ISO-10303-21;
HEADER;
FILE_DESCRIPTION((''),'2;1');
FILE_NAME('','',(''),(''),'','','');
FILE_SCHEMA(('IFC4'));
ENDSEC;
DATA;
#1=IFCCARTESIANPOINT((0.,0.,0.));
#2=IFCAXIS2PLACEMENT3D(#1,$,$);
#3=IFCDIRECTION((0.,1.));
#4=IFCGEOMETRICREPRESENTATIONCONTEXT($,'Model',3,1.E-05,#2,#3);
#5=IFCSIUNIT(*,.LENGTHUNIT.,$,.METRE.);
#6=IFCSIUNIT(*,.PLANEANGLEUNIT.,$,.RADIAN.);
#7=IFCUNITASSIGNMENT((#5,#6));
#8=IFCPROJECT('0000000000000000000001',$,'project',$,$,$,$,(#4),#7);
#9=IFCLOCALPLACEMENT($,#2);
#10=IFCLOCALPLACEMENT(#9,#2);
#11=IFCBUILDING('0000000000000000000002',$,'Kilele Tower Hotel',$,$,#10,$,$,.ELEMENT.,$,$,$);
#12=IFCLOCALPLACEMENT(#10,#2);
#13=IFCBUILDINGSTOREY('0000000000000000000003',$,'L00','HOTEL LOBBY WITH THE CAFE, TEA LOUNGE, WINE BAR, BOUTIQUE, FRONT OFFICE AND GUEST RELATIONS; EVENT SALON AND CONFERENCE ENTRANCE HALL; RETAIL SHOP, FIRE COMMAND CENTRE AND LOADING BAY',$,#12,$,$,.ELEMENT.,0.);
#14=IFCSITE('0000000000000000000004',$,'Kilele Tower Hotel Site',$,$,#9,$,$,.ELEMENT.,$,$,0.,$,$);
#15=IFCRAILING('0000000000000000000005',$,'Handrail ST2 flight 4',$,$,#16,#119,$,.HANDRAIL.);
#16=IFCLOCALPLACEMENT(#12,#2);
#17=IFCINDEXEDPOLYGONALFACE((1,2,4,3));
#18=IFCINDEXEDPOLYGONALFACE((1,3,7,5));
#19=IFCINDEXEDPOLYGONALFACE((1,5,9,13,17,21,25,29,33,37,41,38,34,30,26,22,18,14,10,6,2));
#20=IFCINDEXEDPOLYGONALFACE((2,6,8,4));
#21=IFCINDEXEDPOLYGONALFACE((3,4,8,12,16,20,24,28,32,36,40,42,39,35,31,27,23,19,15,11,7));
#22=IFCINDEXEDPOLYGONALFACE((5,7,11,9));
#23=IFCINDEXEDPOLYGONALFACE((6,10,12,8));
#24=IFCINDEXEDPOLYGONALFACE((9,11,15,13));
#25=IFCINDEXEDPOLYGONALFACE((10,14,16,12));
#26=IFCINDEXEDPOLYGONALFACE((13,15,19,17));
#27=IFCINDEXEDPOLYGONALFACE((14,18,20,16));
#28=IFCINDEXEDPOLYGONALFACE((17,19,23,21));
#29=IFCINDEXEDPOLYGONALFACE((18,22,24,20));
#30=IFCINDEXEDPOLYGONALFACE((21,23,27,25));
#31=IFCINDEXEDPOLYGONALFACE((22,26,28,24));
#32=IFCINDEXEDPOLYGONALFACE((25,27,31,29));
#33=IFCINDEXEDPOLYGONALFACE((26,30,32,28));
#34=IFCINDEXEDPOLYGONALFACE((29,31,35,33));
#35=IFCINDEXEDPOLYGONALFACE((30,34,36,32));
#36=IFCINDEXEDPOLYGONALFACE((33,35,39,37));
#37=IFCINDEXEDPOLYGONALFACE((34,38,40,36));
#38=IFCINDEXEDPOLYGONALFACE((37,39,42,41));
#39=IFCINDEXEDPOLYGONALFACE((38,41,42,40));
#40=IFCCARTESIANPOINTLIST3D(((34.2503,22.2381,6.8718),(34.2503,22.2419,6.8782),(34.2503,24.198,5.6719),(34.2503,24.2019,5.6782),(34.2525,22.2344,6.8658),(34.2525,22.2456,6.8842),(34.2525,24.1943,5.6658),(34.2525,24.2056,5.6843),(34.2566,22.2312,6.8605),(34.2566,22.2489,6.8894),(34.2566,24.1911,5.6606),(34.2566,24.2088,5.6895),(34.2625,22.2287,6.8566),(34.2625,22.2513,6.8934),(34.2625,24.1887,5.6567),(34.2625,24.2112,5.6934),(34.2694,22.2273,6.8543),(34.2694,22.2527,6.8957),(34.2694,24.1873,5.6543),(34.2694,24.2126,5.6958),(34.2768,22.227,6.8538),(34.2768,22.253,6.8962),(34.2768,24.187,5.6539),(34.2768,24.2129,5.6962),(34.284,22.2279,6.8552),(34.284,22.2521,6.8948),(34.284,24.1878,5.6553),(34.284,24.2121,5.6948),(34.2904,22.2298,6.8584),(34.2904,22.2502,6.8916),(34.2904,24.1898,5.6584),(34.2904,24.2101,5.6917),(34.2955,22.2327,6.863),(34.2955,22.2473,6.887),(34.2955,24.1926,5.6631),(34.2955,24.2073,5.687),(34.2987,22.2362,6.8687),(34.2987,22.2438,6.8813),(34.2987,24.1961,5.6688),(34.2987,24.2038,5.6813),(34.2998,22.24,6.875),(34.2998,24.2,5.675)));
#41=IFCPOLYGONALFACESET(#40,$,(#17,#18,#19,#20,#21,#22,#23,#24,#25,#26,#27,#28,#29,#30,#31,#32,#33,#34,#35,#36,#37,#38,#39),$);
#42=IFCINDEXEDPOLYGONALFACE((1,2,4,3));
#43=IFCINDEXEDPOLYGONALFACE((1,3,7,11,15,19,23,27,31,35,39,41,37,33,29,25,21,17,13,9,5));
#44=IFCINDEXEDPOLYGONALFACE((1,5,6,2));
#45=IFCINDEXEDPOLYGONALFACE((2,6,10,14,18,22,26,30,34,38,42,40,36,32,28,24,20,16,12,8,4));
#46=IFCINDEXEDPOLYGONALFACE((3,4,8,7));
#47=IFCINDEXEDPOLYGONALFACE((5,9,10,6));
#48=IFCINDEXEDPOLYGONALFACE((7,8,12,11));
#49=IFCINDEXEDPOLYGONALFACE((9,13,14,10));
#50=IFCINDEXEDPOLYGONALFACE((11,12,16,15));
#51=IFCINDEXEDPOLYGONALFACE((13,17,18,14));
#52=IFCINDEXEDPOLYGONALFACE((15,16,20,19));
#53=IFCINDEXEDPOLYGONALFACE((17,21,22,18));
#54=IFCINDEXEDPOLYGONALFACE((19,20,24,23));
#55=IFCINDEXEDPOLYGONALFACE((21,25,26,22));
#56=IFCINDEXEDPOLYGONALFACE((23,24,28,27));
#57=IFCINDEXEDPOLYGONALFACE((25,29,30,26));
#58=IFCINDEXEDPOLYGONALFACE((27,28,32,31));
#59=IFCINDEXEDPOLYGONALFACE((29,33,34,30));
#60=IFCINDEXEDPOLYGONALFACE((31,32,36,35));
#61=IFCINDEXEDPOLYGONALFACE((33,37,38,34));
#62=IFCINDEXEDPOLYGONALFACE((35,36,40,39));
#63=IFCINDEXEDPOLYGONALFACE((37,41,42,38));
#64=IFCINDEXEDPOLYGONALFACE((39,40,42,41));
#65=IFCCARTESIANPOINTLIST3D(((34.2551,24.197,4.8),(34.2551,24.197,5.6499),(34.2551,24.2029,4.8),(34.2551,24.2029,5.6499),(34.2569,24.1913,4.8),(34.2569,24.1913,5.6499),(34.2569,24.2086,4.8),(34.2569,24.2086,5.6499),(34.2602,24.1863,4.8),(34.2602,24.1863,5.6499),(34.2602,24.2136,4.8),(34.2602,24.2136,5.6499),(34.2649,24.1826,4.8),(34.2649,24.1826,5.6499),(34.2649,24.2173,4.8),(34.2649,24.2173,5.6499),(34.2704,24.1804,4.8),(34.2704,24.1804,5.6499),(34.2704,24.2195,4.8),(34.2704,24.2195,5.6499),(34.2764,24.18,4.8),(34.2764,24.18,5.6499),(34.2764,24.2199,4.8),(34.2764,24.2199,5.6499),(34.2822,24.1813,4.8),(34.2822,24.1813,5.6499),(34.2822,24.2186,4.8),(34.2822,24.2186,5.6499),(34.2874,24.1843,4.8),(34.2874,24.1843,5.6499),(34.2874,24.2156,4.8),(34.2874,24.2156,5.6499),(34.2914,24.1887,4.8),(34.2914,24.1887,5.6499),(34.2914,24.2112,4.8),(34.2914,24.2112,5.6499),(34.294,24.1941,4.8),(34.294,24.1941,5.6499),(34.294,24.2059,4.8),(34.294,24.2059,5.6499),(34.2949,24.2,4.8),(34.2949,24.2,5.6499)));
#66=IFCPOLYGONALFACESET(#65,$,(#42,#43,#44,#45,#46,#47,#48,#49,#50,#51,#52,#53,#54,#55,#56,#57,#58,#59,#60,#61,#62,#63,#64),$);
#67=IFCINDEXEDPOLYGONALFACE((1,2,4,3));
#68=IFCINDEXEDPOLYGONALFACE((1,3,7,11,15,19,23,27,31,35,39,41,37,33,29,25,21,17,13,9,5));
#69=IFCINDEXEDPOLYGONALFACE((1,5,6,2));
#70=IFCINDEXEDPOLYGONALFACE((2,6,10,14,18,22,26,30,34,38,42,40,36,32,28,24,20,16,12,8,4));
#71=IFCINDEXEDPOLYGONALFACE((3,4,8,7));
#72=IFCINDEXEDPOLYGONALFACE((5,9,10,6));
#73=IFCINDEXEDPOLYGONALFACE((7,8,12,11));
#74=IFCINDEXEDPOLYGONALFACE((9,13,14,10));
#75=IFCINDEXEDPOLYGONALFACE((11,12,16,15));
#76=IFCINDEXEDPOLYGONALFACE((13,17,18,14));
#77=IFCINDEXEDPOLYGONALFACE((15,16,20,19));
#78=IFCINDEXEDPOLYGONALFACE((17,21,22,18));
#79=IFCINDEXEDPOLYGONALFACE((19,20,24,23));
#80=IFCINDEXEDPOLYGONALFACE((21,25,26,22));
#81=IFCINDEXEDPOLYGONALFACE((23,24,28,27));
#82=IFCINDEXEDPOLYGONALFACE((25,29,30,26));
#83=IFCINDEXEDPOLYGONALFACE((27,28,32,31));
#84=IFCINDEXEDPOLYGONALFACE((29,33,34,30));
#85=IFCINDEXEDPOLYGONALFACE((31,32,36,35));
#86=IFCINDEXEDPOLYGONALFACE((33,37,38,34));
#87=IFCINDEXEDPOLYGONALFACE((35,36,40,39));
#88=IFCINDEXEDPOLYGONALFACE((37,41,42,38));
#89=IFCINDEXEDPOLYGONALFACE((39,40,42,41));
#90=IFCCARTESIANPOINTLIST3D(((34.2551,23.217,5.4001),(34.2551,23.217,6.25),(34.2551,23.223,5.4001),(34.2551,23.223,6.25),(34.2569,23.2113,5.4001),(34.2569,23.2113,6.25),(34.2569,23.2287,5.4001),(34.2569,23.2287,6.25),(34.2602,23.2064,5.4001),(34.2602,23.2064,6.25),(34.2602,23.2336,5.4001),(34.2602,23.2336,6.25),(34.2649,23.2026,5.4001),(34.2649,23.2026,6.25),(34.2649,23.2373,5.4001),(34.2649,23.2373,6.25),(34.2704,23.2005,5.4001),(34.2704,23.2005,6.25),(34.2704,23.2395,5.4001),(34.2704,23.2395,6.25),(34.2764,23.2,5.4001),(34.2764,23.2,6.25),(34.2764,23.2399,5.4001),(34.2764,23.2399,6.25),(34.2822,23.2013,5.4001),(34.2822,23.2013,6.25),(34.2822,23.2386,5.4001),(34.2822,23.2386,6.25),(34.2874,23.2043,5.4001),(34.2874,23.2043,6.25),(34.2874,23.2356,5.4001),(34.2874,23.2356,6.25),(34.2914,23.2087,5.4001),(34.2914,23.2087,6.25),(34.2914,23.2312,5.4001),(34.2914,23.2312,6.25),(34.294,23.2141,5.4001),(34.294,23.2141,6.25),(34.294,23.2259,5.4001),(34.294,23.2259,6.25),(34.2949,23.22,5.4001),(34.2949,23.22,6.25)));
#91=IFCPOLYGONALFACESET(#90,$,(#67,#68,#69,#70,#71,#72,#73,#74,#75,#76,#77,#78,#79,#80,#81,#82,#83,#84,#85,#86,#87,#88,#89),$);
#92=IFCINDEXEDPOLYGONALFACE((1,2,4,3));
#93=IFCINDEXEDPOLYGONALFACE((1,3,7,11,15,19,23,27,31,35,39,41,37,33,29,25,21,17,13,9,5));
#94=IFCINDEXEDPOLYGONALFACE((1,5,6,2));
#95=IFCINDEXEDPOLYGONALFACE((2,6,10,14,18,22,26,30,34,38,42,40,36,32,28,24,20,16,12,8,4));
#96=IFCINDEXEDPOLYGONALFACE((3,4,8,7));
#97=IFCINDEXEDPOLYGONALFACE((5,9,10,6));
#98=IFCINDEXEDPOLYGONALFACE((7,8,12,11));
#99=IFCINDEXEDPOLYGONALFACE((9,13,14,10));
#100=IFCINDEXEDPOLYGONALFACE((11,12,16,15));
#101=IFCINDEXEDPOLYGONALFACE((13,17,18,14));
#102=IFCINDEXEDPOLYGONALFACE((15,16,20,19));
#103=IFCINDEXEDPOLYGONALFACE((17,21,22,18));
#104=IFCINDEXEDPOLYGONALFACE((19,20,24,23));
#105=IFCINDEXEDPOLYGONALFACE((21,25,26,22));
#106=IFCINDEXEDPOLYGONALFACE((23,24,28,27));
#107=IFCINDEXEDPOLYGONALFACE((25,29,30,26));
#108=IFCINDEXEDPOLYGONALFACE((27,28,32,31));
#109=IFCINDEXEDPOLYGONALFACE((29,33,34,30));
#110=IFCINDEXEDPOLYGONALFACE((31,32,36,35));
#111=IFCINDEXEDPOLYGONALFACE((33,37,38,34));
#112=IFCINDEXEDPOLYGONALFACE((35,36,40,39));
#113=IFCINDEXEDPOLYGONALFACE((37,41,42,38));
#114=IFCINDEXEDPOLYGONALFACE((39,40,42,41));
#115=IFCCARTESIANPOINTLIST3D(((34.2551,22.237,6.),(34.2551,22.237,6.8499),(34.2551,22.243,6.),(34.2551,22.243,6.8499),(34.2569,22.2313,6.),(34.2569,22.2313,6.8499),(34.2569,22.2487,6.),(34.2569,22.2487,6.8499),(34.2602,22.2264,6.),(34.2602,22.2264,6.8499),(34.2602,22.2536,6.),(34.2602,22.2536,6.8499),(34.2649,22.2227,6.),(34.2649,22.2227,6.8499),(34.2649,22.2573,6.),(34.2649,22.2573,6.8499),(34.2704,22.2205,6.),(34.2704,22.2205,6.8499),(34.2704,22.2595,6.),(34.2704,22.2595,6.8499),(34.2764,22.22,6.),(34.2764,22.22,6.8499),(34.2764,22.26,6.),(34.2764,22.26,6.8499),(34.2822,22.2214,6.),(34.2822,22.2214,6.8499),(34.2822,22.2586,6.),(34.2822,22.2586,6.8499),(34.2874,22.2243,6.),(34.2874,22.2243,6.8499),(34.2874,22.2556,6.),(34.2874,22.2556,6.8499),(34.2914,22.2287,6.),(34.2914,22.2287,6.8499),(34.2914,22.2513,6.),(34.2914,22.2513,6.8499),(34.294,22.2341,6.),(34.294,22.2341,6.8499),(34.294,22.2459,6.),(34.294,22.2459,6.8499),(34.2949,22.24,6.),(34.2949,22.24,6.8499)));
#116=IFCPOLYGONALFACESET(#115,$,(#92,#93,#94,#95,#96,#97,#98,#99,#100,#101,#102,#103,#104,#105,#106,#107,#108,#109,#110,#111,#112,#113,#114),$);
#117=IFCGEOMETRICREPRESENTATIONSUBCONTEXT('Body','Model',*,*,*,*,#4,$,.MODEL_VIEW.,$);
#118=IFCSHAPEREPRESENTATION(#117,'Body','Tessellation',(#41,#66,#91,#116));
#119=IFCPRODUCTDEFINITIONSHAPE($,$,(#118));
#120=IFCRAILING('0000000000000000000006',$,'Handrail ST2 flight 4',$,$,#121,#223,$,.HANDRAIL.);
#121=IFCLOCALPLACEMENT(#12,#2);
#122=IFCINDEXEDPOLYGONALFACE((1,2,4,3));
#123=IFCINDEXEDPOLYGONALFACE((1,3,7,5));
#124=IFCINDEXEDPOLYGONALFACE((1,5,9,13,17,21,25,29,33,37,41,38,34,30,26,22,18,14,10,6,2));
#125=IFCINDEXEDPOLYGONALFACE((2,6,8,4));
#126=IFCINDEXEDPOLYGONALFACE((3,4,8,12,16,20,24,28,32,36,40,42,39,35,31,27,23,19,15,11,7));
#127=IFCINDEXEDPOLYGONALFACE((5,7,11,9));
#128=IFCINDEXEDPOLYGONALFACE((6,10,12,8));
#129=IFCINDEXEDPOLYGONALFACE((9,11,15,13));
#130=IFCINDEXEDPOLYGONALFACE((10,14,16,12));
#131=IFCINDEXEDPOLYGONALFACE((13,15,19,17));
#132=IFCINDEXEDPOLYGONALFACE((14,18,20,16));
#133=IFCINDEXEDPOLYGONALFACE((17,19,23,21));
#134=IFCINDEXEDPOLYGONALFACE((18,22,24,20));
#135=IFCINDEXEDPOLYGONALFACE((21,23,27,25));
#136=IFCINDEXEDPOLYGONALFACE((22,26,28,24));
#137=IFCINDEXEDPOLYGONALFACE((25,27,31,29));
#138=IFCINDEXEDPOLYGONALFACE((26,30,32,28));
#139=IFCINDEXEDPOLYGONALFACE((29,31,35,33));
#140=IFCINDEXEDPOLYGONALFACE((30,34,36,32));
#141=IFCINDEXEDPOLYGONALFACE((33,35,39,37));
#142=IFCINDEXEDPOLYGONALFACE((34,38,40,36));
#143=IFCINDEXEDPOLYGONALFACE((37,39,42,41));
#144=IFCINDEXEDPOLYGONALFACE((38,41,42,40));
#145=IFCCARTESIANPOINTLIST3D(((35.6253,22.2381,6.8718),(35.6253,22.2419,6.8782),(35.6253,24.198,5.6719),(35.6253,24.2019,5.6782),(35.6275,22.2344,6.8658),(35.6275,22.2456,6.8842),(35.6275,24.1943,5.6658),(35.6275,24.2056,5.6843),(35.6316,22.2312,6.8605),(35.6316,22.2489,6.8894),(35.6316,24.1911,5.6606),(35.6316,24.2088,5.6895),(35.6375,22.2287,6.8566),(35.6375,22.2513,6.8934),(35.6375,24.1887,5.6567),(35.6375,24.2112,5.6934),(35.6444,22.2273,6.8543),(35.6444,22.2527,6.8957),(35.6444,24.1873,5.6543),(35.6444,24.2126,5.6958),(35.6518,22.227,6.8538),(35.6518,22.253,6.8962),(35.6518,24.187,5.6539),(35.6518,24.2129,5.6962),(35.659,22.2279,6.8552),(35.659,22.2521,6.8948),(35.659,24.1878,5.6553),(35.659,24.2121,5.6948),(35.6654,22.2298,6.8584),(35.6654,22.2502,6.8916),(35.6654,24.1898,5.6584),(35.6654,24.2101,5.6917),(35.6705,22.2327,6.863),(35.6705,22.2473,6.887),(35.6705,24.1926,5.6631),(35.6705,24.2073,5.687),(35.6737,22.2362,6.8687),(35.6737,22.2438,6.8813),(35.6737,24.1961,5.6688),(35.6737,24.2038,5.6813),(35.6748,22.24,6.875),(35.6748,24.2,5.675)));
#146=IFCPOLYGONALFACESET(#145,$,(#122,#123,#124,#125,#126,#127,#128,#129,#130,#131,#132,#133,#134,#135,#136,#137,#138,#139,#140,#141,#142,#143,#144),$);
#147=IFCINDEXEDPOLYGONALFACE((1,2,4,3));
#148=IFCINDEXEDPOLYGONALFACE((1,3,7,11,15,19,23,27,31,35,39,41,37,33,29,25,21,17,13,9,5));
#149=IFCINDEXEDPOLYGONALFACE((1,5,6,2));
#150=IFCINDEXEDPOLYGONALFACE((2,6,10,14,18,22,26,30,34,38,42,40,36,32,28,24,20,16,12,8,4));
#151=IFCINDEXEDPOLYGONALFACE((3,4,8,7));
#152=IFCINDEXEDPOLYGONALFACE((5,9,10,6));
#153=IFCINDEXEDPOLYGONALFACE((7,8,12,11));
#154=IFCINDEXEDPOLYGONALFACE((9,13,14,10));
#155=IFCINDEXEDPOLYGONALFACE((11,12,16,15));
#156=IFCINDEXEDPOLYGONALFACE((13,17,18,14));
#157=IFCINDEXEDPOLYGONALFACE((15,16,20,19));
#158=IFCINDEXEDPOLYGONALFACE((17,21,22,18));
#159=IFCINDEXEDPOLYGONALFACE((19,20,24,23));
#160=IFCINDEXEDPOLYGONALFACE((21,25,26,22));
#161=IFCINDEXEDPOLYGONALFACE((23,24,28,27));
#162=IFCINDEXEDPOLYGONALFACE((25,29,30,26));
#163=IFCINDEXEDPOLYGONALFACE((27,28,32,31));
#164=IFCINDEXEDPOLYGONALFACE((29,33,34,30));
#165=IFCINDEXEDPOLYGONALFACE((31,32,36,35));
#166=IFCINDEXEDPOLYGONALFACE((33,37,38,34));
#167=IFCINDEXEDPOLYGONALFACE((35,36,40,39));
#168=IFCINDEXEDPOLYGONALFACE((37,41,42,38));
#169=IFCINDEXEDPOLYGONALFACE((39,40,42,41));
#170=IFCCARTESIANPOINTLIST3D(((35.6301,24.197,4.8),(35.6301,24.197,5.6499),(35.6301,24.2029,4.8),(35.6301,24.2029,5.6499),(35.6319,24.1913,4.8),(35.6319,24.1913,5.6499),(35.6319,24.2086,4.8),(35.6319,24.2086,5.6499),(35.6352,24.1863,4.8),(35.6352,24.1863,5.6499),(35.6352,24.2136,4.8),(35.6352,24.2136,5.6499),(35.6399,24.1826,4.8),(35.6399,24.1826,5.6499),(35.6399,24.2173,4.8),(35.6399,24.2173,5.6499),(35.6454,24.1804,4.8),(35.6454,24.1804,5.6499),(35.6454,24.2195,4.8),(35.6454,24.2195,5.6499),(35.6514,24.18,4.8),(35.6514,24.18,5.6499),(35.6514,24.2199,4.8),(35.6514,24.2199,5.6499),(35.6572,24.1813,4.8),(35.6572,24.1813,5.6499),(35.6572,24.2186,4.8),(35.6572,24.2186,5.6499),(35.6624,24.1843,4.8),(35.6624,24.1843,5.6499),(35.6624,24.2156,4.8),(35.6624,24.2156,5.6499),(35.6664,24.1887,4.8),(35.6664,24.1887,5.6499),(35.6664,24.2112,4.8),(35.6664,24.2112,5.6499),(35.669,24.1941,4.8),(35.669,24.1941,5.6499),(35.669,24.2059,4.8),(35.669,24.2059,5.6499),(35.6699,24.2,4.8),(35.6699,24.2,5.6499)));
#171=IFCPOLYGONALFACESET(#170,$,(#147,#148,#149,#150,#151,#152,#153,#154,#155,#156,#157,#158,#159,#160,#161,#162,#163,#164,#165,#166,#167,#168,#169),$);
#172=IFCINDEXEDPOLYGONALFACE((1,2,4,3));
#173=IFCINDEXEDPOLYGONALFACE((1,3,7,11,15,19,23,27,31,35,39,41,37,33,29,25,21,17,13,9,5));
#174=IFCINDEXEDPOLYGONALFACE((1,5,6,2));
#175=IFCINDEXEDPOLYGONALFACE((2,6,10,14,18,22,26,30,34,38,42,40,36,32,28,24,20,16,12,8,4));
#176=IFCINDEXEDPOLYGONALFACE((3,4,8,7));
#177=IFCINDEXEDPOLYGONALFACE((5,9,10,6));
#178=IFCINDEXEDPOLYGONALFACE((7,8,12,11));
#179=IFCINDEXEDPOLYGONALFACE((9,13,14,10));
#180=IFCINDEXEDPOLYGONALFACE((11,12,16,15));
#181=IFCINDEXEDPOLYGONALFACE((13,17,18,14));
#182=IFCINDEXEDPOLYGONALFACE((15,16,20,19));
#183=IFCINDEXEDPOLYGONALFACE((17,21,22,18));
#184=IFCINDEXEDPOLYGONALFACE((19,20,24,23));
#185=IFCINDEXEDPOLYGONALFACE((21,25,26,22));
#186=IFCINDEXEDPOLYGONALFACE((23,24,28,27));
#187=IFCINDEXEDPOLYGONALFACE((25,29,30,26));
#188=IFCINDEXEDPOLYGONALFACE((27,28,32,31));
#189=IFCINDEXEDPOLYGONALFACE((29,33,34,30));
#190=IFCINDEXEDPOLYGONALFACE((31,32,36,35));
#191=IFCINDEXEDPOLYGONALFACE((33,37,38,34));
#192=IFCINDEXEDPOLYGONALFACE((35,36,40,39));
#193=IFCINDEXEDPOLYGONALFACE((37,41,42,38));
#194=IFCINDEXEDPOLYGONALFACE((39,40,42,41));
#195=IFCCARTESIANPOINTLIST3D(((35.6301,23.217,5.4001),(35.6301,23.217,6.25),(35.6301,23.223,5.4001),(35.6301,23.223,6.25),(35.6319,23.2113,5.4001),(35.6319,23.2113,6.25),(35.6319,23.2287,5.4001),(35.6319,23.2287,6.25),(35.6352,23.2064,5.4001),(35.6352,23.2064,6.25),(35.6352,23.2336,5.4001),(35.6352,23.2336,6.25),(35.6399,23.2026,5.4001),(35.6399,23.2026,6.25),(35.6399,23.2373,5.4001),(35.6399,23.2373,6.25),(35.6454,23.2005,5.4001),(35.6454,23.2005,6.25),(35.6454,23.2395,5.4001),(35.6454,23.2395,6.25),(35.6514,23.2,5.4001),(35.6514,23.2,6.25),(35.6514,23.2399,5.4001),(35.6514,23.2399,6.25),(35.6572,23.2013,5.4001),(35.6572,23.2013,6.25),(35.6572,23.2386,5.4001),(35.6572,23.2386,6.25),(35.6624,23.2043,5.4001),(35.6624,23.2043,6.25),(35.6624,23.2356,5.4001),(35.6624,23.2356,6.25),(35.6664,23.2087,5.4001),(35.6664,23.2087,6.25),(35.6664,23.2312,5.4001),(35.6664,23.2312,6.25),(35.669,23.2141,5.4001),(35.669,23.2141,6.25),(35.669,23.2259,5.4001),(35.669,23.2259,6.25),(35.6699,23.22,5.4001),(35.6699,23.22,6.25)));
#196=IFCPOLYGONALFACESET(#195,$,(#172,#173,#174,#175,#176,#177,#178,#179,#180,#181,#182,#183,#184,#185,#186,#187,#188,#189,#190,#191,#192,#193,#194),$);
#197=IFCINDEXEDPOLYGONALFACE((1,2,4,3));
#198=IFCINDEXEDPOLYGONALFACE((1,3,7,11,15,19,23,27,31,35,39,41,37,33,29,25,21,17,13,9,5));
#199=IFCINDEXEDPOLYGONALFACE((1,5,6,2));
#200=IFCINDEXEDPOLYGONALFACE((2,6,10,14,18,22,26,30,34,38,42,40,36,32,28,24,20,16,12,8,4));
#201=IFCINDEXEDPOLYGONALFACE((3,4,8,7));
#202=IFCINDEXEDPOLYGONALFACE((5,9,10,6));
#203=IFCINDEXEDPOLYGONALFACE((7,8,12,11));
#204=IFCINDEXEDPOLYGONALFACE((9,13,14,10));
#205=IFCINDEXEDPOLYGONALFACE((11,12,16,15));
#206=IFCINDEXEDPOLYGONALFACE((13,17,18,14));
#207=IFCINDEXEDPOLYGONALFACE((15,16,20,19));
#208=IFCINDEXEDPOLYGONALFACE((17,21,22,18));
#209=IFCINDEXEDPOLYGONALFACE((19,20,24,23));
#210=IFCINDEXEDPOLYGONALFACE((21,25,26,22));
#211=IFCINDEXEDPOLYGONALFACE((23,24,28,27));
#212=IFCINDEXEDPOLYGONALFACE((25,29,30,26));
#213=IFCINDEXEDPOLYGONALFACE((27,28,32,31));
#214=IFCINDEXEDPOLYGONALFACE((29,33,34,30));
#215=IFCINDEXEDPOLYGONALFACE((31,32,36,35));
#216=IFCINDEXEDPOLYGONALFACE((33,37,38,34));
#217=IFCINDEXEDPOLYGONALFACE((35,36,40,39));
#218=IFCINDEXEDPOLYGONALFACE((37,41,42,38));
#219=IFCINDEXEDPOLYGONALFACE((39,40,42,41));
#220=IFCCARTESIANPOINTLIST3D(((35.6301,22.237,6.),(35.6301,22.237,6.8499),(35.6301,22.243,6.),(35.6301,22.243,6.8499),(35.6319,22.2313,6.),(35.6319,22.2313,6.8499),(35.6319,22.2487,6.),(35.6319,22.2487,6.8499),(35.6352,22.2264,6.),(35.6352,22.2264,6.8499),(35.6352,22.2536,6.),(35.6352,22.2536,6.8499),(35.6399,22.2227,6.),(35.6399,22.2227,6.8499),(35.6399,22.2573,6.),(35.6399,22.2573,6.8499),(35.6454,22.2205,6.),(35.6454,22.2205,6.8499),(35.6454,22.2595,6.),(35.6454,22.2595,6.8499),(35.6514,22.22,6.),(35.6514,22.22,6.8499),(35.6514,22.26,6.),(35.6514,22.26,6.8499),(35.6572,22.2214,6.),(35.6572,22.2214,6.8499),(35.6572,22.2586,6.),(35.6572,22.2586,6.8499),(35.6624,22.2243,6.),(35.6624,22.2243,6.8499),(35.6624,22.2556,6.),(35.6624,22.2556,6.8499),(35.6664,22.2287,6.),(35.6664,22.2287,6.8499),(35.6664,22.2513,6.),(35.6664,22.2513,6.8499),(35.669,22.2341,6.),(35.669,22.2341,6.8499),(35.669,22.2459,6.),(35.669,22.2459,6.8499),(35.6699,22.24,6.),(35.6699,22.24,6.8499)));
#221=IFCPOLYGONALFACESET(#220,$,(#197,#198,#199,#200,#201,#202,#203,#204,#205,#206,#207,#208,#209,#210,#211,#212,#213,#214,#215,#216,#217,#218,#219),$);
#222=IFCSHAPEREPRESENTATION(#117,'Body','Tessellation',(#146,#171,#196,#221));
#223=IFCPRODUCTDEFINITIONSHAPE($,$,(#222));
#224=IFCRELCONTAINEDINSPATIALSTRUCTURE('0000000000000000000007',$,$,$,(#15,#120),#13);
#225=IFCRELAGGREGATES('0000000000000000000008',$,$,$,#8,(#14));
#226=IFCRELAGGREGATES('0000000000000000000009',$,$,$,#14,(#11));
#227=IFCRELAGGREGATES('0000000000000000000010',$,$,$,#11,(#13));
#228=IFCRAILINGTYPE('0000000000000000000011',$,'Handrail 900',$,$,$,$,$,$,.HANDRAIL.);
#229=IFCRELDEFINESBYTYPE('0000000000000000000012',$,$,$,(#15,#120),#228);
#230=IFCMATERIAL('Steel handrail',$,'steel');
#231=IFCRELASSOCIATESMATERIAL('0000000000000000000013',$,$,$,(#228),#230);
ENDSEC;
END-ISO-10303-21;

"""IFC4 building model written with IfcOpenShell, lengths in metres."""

from ifc_helpers import new_model, si_unit, direction, frame, origin, origin_2d, place, context, subcontext, project, spatial, circle, extrude, material, type_object, element, save


model = new_model("IFC4")

# Units and contexts
model_context = context("Model", 3, precision=1e-05, world=origin(), true_north=direction((0.0, 1.0)))
body_context = subcontext(model_context, "Body", "Model", "MODEL_VIEW")
ifc_project = project(units=[si_unit("LENGTHUNIT", "METRE"), si_unit("PLANEANGLEUNIT", "RADIAN")], contexts=[model_context])

# Site, building, storey
site_placement = place(None, origin())
site = spatial("IfcSite", under=ifc_project, at=site_placement, Name="Kilele Tower Hotel Site", CompositionType="ELEMENT", RefElevation=0.0)
building_placement = place(site_placement, origin())
building = spatial("IfcBuilding", under=site, at=building_placement, Name="Kilele Tower Hotel", CompositionType="ELEMENT")
storey_placement = place(building_placement, origin())
storey = spatial("IfcBuildingStorey", under=building, at=storey_placement, Name="L00", Description="HOTEL LOBBY WITH THE CAFE, TEA LOUNGE, WINE BAR, BOUTIQUE, FRONT OFFICE AND GUEST RELATIONS; EVENT SALON AND CONFERENCE ENTRANCE HALL; RETAIL SHOP, FIRE COMMAND CENTRE AND LOADING BAY", CompositionType="ELEMENT", Elevation=0.0)

# Railings
ifc_material_1 = material(Name="Steel handrail", Category="steel")
railing_type_1 = type_object("IfcRailingType", Name="Handrail 900", PredefinedType="HANDRAIL", material=ifc_material_1)
for number, where, name in (
    (1, (34.2749, 24.2, 4.8), "Handrail ST2 flight 4"),
    (2, (35.6499, 24.2, 4.8), "Handrail ST2 flight 4"),
):
    element("IfcRailing", number, at=place(storey_placement, frame(where)), inside=storey, type_object=railing_type_1, Name=name, PredefinedType="HANDRAIL", context=body_context, shape_type="SweptSolid", body=[
        extrude(circle(Radius=0.0249, at=origin_2d()), frame((0.0, 0.0, 0.875), z_axis=(0.0, -0.852856, 0.522146), x_axis=(1.0, 0.0, 0.0)), (0.0, 0.0, 1.0), 2.2981),
        extrude(circle(Radius=0.02, at=origin_2d()), origin(), (0.0, 0.0, 1.0), 0.8499),
        extrude(circle(Radius=0.02, at=origin_2d()), frame((0.0, -0.98, 0.6001)), (0.0, 0.0, 1.0), 0.8499),
        extrude(circle(Radius=0.02, at=origin_2d()), frame((0.0, -1.96, 1.2)), (0.0, 0.0, 1.0), 0.8499),
    ])

save(model, "model.ifc")
